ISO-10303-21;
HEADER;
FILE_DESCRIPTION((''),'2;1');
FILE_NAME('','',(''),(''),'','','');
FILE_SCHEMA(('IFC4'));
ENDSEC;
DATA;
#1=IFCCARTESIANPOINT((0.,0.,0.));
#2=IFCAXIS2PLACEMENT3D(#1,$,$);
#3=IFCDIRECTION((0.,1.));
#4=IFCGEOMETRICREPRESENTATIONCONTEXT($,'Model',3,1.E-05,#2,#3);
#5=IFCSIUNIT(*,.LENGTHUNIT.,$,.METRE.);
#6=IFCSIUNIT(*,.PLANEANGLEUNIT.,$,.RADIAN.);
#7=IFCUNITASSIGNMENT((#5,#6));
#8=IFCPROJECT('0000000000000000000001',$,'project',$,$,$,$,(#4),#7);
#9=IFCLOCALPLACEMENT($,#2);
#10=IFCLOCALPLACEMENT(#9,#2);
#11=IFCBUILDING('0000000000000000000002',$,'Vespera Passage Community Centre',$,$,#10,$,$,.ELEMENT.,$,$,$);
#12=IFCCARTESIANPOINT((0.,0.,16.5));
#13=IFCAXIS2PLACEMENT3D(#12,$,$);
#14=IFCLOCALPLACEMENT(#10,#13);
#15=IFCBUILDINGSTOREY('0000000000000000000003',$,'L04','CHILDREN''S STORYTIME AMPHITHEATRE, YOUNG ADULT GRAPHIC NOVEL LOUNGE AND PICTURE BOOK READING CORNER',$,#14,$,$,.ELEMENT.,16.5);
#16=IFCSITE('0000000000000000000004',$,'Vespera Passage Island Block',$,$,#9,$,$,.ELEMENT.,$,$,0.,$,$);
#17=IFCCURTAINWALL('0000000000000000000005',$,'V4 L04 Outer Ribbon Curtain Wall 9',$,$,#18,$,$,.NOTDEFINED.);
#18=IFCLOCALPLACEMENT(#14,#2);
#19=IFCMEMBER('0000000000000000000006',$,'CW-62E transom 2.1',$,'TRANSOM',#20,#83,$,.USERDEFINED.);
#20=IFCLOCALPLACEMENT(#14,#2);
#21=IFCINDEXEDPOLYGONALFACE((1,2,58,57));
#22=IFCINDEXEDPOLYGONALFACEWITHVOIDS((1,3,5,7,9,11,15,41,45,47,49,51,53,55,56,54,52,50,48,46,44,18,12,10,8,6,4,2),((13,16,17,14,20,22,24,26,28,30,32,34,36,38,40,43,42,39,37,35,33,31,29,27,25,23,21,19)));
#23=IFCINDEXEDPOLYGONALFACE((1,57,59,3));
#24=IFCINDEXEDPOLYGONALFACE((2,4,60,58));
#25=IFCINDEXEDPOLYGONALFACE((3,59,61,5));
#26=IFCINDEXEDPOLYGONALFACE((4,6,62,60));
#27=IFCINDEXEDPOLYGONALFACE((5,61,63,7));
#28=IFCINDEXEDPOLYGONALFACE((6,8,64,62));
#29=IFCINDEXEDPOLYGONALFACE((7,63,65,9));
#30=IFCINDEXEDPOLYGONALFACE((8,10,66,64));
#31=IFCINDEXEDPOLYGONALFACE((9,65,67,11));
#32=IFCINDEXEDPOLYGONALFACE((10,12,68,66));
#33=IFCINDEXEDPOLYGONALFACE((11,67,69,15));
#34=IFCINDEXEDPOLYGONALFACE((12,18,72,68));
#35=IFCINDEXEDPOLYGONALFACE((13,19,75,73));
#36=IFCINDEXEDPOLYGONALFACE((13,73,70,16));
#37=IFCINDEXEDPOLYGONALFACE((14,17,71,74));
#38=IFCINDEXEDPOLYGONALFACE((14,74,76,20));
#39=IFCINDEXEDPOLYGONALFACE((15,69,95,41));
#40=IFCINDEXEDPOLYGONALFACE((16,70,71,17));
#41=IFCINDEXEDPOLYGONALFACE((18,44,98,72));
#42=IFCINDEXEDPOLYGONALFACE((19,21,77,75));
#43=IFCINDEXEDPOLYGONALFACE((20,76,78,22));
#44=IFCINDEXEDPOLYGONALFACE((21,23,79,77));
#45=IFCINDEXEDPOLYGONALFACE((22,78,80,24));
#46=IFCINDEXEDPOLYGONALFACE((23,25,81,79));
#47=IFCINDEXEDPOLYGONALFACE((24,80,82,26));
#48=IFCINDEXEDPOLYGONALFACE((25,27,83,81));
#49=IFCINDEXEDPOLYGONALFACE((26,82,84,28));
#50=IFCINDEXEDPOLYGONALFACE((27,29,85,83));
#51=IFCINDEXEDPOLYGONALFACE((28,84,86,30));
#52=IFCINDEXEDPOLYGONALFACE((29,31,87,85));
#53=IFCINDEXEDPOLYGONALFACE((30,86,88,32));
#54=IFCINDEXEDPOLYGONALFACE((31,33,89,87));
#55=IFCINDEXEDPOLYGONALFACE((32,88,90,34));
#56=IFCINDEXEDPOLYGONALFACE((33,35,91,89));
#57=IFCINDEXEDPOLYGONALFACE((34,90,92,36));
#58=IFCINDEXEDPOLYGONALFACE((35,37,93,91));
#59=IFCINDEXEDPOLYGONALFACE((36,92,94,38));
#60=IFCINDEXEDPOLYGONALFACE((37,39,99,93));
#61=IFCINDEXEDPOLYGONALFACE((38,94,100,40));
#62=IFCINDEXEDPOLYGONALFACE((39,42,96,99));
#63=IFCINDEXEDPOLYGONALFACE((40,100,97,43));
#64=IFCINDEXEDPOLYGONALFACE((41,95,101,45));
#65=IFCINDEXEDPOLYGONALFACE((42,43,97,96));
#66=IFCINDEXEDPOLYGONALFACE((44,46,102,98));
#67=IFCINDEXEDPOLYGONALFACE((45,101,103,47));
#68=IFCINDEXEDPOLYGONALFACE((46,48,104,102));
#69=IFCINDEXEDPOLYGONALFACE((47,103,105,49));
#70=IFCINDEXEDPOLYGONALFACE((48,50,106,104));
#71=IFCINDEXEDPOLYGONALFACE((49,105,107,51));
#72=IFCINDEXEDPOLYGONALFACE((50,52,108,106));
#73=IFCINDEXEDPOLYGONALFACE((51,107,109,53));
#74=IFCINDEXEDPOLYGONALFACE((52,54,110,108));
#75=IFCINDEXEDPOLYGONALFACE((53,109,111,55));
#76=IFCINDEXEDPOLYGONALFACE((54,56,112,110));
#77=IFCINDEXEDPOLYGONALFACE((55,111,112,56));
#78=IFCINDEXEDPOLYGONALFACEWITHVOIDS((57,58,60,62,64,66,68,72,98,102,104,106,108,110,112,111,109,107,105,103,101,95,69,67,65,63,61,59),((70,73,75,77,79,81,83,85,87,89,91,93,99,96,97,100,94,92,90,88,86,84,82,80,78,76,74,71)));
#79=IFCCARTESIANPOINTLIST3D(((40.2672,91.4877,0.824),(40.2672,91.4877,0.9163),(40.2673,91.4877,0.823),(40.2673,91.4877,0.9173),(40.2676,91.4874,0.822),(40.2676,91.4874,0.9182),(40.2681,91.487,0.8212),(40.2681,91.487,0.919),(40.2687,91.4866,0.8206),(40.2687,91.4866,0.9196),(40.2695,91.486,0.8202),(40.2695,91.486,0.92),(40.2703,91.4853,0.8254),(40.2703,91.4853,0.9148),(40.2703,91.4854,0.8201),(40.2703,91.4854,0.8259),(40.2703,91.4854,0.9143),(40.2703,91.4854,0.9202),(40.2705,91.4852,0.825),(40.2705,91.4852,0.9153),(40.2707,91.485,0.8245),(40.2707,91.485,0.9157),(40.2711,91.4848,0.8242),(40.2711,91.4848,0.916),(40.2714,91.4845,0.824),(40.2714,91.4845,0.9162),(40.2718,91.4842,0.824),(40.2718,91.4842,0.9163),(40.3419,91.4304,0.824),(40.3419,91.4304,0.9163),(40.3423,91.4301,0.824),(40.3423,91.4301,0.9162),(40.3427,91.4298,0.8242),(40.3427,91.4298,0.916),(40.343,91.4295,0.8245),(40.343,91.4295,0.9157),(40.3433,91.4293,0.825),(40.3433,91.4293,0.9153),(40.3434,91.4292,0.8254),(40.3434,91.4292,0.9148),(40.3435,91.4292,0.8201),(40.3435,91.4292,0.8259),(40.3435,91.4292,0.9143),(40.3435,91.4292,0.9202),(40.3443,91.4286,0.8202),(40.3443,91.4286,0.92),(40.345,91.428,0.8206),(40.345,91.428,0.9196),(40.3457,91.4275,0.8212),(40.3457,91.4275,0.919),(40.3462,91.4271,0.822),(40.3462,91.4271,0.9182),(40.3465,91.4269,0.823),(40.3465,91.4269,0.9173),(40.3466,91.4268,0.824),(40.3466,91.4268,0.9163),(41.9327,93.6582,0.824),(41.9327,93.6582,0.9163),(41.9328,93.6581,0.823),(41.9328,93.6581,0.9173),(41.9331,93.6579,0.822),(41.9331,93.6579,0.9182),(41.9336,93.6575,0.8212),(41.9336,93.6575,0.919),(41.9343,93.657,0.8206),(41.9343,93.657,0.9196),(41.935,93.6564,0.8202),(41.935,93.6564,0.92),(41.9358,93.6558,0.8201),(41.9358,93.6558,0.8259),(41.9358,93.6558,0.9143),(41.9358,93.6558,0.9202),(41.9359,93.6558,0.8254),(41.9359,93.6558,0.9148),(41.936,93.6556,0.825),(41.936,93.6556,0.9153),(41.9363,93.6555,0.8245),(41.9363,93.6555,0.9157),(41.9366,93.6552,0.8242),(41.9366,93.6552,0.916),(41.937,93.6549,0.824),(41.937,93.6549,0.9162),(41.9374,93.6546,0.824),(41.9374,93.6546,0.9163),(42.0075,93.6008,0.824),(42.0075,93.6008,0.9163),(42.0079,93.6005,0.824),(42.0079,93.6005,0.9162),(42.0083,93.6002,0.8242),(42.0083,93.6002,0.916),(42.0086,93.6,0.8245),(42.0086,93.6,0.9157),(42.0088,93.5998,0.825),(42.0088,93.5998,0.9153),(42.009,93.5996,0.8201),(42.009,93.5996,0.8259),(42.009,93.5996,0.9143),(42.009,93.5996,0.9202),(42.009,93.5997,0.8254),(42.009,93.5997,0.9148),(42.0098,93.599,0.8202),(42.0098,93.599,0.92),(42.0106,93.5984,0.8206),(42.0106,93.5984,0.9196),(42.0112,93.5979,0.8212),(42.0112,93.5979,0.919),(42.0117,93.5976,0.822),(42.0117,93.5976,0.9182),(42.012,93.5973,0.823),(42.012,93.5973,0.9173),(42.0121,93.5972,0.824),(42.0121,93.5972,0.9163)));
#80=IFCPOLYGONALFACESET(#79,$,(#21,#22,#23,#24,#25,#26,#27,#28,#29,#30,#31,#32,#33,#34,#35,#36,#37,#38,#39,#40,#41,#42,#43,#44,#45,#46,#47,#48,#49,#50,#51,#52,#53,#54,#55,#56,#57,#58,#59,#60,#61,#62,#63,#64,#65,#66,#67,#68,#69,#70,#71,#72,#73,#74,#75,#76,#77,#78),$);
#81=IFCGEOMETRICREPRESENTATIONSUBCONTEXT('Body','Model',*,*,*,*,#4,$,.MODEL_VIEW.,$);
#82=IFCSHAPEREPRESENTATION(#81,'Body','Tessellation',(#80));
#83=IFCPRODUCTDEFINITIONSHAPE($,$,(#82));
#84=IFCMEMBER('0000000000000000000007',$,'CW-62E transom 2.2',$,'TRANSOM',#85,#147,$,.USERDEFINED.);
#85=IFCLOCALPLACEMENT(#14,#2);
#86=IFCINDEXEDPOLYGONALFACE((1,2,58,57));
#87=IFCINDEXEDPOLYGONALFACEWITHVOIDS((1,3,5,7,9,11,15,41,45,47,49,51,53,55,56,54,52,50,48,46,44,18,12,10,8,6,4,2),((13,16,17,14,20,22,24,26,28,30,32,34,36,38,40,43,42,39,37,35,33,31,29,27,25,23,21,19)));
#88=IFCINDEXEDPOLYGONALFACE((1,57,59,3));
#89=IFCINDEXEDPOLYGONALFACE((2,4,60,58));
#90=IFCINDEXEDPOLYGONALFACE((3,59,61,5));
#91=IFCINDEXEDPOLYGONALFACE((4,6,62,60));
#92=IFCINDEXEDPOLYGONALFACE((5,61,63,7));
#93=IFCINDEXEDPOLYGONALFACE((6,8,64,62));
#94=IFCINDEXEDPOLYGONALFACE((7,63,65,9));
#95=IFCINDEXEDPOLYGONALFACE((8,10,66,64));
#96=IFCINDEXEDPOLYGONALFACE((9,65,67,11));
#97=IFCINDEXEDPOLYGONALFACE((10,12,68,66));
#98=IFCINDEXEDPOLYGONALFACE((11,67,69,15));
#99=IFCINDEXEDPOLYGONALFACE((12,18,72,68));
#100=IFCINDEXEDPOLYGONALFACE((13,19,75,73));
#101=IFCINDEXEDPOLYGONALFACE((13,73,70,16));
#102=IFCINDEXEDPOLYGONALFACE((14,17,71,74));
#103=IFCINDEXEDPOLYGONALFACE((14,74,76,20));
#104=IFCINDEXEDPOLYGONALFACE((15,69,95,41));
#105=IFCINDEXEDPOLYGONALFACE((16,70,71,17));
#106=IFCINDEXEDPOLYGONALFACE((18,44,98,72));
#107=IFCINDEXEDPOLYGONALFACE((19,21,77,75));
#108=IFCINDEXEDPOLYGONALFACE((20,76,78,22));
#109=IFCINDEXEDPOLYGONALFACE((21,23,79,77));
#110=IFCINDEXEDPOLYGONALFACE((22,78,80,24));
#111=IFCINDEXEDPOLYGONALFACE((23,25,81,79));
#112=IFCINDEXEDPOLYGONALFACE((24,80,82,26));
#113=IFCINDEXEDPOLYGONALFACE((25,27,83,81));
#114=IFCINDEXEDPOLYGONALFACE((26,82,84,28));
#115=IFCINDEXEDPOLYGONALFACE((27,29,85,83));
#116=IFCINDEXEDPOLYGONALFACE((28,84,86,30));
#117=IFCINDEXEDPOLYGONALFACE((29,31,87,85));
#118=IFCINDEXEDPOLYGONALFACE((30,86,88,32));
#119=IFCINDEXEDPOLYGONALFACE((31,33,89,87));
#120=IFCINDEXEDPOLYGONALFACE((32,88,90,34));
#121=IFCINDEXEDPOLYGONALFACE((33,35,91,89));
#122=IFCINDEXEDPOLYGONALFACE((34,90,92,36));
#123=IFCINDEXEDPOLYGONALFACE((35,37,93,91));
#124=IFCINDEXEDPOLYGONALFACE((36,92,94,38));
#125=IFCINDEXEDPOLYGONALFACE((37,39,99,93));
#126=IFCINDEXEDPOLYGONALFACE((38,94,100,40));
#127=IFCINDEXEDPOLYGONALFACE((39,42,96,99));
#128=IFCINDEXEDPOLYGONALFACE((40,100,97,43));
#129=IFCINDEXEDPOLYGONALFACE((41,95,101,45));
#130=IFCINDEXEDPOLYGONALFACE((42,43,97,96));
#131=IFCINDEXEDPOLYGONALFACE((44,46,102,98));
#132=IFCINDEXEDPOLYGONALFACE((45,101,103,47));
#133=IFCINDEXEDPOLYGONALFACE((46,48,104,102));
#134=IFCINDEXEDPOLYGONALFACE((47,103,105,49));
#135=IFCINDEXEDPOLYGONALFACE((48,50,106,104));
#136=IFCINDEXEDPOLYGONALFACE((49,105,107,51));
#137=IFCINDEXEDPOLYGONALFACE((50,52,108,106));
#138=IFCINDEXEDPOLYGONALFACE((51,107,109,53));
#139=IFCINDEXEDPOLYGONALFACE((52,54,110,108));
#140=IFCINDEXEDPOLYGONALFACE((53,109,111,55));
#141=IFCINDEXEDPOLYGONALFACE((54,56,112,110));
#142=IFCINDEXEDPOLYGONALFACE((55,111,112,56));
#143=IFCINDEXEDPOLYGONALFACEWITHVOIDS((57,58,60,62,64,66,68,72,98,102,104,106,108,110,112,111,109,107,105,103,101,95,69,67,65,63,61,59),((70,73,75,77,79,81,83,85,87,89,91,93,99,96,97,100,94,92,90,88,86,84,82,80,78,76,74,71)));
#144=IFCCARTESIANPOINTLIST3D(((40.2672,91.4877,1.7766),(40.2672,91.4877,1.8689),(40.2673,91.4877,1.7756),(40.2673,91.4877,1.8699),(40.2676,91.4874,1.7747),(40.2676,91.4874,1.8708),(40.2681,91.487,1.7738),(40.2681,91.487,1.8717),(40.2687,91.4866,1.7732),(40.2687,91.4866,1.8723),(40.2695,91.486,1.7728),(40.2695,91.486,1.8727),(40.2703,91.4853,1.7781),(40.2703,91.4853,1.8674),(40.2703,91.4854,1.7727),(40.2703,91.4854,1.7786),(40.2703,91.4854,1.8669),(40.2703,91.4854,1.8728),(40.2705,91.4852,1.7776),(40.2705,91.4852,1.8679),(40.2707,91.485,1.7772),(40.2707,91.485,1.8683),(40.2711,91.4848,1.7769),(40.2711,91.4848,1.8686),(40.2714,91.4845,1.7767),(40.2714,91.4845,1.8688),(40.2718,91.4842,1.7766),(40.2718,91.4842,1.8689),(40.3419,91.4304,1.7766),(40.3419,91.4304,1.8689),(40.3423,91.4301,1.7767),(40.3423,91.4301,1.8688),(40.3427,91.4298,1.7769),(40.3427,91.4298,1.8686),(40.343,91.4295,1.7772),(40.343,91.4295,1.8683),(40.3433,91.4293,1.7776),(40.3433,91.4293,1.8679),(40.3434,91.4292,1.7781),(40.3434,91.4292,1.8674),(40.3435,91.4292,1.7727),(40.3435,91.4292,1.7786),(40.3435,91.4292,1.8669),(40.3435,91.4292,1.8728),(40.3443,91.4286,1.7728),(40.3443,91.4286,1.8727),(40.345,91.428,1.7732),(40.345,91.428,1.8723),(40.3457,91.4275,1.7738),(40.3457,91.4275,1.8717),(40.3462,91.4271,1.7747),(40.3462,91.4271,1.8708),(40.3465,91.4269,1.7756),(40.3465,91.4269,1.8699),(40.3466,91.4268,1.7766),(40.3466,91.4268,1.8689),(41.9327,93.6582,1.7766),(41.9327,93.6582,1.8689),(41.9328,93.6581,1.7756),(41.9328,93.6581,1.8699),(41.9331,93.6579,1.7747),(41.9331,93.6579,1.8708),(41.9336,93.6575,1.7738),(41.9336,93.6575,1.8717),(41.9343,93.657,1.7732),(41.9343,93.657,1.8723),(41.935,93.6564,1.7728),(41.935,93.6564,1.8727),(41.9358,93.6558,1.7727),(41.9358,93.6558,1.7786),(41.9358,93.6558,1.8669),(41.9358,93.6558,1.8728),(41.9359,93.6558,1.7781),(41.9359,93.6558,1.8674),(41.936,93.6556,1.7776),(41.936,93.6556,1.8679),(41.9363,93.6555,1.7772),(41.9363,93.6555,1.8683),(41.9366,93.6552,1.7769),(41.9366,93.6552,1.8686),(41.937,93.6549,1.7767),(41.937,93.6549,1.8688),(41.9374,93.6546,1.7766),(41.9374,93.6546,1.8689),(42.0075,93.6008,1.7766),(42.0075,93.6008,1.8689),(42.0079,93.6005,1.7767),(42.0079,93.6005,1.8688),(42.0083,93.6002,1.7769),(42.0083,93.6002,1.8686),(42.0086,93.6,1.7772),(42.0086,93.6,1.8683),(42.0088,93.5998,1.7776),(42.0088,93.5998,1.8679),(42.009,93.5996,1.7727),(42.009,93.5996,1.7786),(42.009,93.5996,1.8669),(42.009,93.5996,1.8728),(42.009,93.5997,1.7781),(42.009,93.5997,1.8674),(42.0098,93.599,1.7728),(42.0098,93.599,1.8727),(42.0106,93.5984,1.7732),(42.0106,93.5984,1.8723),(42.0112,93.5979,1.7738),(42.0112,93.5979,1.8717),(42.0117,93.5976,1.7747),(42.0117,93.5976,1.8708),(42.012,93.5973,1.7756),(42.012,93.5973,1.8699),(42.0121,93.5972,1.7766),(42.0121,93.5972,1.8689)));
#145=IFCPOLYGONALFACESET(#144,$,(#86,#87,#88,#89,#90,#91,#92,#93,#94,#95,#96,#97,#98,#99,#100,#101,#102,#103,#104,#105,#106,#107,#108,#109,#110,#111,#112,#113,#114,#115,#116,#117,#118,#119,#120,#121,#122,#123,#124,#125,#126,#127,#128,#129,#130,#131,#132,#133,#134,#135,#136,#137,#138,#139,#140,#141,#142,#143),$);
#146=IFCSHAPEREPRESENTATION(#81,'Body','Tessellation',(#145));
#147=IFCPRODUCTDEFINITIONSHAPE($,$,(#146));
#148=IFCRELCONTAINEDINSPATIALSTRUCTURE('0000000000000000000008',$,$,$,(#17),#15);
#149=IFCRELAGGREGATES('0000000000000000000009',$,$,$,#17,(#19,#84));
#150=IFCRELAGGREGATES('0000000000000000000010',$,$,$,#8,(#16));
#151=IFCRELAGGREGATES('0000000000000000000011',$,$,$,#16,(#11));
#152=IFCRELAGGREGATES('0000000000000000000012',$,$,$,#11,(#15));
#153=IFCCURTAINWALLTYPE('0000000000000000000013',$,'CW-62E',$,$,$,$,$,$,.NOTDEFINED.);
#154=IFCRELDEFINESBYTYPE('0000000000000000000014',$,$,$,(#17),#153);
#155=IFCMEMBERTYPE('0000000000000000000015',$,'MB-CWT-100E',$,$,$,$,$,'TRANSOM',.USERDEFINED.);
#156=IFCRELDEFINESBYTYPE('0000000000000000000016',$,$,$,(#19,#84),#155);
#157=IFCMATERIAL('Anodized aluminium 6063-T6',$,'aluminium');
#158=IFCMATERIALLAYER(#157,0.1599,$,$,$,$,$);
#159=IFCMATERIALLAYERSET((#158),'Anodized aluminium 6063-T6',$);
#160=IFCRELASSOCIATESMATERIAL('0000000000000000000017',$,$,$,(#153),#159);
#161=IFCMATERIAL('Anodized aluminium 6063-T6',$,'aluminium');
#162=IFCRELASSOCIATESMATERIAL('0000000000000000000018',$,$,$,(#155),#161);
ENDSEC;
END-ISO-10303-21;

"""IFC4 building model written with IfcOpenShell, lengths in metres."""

from ifc_helpers import new_model, si_unit, direction, frame, origin, origin_2d, place, context, subcontext, project, spatial, hollow_rectangle, extrude, material, layer, layer_set, material_profile, profile_set, type_object, element, aggregate, save


model = new_model("IFC4")

# Units and contexts
model_context = context("Model", 3, precision=1e-05, world=origin(), true_north=direction((0.0, 1.0)))
body_context = subcontext(model_context, "Body", "Model", "MODEL_VIEW")
ifc_project = project(units=[si_unit("LENGTHUNIT", "METRE"), si_unit("PLANEANGLEUNIT", "RADIAN")], contexts=[model_context])

# Site, building, storey
site_placement = place(None, origin())
site = spatial("IfcSite", under=ifc_project, at=site_placement, Name="Vespera Passage Island Block", CompositionType="ELEMENT", RefElevation=0.0)
building_placement = place(site_placement, origin())
building = spatial("IfcBuilding", under=site, at=building_placement, Name="Vespera Passage Community Centre", CompositionType="ELEMENT")
storey_placement = place(building_placement, frame((0.0, 0.0, 16.5)))
storey = spatial("IfcBuildingStorey", under=building, at=storey_placement, Name="L04", Description="CHILDREN'S STORYTIME AMPHITHEATRE, YOUNG ADULT GRAPHIC NOVEL LOUNGE AND PICTURE BOOK READING CORNER", CompositionType="ELEMENT", Elevation=16.5)

# Curtain wall, members
ifc_material_1 = material(Name="Anodized aluminium 6063-T6", Category="aluminium")
ifc_layer_1 = layer(ifc_material_1, 0.1599)
ifc_layer_set_1 = layer_set([ifc_layer_1], Name="Anodized aluminium 6063-T6")
curtain_wall_type = type_object("IfcCurtainWallType", Name="CW-62E", PredefinedType="NOTDEFINED", material=ifc_layer_set_1)
curtain_wall_placement = place(storey_placement, origin())
curtain_wall = element("IfcCurtainWall", 1, at=curtain_wall_placement, inside=storey, type_object=curtain_wall_type, Name="V4 L04 Outer Ribbon Curtain Wall 9", PredefinedType="NOTDEFINED")
ifc_material_2 = material(Name="Anodized aluminium 6063-T6", Category="aluminium")
ifc_material_profile_1 = material_profile(ifc_material_2, hollow_rectangle(XDim=0.1001, YDim=0.1001, WallThickness=0.0039, InnerFilletRadius=0.002, OuterFilletRadius=0.0039, at=origin_2d()), Name="ALU100X100X4")
ifc_profile_set_1 = profile_set([ifc_material_profile_1], Name="Anodized aluminium 6063-T6")
member_type_1 = type_object("IfcMemberType", Name="MB-CWT-100E", ElementType="TRANSOM", PredefinedType="USERDEFINED", material=ifc_profile_set_1)
member_1_placement = place(storey_placement, frame((40.3069, 91.4573, 0.8701), z_axis=(0.608787, 0.793333, 0.0), x_axis=(-0.793333, 0.608787, 0.0)))
member_1 = element("IfcMember", 2, at=member_1_placement, type_object=member_type_1, Name="CW-62E transom 2.1", ObjectType="TRANSOM", PredefinedType="USERDEFINED", context=body_context, shape_type="SweptSolid", body=[
    extrude(hollow_rectangle(XDim=0.1001, YDim=0.1001, WallThickness=0.0039, InnerFilletRadius=0.002, OuterFilletRadius=0.0039, at=origin_2d()), origin(), (0.0, 0.0, 1.0), 2.7358),
])
member_2_placement = place(storey_placement, frame((40.3069, 91.4573, 1.8228), z_axis=(0.608787, 0.793333, 0.0), x_axis=(-0.793333, 0.608787, 0.0)))
member_2 = element("IfcMember", 3, at=member_2_placement, type_object=member_type_1, Name="CW-62E transom 2.2", ObjectType="TRANSOM", PredefinedType="USERDEFINED", context=body_context, shape_type="SweptSolid", body=[
    extrude(hollow_rectangle(XDim=0.1001, YDim=0.1001, WallThickness=0.0039, InnerFilletRadius=0.002, OuterFilletRadius=0.0039, at=origin_2d()), origin(), (0.0, 0.0, 1.0), 2.7358),
])
aggregate(curtain_wall, [member_1, member_2])

save(model, "model.ifc")
